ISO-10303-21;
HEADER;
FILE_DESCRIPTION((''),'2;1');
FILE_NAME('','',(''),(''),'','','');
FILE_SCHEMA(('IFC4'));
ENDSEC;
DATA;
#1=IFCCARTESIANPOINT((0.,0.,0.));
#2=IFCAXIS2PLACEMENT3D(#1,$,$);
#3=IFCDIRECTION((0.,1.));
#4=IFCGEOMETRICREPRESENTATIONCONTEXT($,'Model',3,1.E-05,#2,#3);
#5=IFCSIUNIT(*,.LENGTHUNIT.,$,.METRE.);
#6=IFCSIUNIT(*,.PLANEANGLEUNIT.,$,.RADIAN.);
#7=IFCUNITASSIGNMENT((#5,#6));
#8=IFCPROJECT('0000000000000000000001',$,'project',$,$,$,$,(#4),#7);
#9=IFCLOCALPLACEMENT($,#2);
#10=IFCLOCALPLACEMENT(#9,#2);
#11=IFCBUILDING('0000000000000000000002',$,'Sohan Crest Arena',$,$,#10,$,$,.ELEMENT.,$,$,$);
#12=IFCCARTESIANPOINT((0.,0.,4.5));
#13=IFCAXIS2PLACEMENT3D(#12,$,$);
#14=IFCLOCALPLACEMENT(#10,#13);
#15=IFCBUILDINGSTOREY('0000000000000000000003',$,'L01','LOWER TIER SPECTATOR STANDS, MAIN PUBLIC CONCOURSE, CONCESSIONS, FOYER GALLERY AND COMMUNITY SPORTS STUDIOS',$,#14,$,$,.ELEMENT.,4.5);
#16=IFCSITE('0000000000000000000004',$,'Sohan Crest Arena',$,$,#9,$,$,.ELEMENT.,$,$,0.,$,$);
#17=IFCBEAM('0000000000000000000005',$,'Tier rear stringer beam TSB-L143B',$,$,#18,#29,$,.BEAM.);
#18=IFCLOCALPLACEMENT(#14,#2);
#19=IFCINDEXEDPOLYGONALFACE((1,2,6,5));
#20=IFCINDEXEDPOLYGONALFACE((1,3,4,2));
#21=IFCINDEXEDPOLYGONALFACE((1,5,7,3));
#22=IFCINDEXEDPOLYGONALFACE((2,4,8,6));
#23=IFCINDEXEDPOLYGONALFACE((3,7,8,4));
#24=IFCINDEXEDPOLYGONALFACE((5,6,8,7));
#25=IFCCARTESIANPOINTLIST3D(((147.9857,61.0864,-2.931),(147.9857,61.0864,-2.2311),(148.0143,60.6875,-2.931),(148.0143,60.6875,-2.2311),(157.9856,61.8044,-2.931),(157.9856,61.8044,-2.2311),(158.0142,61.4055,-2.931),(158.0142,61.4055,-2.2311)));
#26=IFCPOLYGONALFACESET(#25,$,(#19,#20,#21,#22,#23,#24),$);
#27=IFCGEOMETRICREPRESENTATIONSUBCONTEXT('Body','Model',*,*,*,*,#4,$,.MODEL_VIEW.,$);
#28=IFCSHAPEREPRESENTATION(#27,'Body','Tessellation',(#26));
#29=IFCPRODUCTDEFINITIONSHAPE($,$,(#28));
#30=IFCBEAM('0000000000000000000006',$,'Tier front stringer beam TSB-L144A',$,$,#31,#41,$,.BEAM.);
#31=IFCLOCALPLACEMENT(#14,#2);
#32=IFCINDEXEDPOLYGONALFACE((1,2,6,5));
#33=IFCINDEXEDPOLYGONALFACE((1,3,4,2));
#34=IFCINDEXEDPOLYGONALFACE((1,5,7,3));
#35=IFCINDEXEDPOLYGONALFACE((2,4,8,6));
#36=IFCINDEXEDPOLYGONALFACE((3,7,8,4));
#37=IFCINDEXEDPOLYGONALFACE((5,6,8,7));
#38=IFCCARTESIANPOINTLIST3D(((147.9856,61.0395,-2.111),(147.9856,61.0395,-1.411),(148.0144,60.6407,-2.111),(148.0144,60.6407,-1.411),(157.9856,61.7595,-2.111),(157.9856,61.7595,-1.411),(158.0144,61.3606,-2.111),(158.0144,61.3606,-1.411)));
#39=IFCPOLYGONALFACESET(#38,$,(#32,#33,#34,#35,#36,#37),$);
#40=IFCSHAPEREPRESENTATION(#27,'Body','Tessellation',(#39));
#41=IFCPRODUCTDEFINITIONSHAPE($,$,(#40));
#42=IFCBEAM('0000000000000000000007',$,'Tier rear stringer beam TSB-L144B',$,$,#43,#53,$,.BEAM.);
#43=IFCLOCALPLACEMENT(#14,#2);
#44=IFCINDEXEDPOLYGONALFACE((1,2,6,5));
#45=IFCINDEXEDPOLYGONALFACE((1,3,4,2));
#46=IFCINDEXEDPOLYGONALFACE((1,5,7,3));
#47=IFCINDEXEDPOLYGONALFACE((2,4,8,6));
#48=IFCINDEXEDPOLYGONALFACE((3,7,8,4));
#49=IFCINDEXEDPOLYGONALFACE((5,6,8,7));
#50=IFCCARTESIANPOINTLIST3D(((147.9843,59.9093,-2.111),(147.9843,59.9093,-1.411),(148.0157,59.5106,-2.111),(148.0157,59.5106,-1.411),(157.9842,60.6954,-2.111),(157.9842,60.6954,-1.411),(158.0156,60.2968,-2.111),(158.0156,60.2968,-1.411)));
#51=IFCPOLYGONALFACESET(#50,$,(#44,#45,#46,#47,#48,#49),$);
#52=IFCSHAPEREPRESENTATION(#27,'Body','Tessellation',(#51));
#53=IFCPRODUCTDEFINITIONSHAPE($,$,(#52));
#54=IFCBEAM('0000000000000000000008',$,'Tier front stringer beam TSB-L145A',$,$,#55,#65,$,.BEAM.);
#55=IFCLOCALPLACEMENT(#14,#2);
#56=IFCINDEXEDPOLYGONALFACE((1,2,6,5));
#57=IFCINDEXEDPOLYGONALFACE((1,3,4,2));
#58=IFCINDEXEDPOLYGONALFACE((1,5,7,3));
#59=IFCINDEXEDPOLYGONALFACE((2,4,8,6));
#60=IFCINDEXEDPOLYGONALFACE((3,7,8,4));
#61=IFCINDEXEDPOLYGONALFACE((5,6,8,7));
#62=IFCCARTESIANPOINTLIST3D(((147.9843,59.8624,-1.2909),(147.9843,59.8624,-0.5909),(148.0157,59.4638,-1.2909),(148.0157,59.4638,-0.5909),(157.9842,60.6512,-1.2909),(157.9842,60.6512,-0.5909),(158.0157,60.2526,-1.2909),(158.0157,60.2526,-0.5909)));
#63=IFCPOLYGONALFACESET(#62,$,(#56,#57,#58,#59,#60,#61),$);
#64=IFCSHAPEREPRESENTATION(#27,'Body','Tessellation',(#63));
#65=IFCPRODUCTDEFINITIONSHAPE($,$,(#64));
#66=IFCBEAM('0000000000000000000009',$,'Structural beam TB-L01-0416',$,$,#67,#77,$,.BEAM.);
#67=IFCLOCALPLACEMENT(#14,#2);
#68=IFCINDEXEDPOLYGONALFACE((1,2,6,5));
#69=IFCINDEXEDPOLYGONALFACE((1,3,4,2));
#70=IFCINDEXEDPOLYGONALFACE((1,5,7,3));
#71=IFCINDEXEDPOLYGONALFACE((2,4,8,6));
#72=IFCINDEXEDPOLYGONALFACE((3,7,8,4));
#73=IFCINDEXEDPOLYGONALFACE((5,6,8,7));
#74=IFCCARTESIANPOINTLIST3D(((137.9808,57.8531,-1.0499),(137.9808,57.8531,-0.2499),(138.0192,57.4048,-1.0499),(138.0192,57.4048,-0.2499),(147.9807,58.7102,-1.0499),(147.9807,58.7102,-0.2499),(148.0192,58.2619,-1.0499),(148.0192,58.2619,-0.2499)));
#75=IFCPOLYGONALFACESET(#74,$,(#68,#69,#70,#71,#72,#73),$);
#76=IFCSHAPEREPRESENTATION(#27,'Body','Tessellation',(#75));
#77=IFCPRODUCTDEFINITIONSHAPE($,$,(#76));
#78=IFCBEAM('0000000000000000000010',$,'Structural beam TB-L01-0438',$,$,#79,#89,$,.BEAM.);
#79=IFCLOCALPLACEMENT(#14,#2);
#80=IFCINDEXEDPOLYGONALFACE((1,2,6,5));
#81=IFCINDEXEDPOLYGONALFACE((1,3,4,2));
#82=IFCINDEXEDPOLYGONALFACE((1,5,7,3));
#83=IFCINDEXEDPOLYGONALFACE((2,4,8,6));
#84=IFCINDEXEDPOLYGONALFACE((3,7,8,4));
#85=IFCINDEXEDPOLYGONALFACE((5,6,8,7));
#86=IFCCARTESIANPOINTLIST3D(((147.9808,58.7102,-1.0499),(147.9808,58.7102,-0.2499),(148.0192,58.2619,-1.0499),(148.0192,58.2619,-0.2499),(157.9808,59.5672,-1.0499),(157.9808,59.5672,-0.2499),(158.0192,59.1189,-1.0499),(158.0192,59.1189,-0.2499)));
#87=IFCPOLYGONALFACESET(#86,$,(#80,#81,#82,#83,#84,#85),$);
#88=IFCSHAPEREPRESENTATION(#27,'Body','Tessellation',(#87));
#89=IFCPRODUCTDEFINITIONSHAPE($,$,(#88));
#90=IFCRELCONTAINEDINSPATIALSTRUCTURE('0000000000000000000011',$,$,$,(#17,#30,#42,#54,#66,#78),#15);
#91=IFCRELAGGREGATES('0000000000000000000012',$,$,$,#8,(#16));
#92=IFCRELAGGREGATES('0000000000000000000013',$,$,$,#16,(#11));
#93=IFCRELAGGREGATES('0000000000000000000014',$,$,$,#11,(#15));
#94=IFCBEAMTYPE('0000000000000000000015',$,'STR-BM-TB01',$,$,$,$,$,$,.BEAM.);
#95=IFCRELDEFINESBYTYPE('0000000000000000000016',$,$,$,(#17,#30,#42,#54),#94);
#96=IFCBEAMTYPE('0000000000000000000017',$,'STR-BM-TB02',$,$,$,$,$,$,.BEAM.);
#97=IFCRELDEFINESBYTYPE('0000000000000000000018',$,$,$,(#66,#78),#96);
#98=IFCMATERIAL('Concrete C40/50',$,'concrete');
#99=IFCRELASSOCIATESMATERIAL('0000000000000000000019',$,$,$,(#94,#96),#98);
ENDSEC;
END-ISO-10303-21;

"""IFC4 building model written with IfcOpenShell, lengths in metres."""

from ifc_helpers import new_model, si_unit, direction, frame, origin, origin_2d, place, context, subcontext, project, spatial, rectangle, extrude, material, material_profile, profile_set, type_object, element, save


model = new_model("IFC4")

# Units and contexts
model_context = context("Model", 3, precision=1e-05, world=origin(), true_north=direction((0.0, 1.0)))
body_context = subcontext(model_context, "Body", "Model", "MODEL_VIEW")
ifc_project = project(units=[si_unit("LENGTHUNIT", "METRE"), si_unit("PLANEANGLEUNIT", "RADIAN")], contexts=[model_context])

# Site, building, storey
site_placement = place(None, origin())
site = spatial("IfcSite", under=ifc_project, at=site_placement, Name="Sohan Crest Arena", CompositionType="ELEMENT", RefElevation=0.0)
building_placement = place(site_placement, origin())
building = spatial("IfcBuilding", under=site, at=building_placement, Name="Sohan Crest Arena", CompositionType="ELEMENT")
storey_placement = place(building_placement, frame((0.0, 0.0, 4.5)))
storey = spatial("IfcBuildingStorey", under=building, at=storey_placement, Name="L01", Description="LOWER TIER SPECTATOR STANDS, MAIN PUBLIC CONCOURSE, CONCESSIONS, FOYER GALLERY AND COMMUNITY SPORTS STUDIOS", CompositionType="ELEMENT", Elevation=4.5)

# Shared definitions
ifc_material_1 = material(Name="Concrete C40/50", Category="concrete")

# Beams
ifc_material_profile_1 = material_profile(ifc_material_1, rectangle(XDim=0.3999, YDim=0.7, at=origin_2d()), Name="RC-BM 400x700")
ifc_profile_set_1 = profile_set([ifc_material_profile_1], Name="Concrete C40/50")
beam_type_1 = type_object("IfcBeamType", Name="STR-BM-TB01", PredefinedType="BEAM", material=ifc_profile_set_1)
beam_1_placement = place(storey_placement, frame((148.0, 60.887, -2.5811), z_axis=(0.997432, 0.071617, 0.0), x_axis=(-0.071617, 0.997432, 0.0)))
element("IfcBeam", 1, at=beam_1_placement, inside=storey, type_object=beam_type_1, Name="Tier rear stringer beam TSB-L143B", PredefinedType="BEAM", context=body_context, shape_type="SweptSolid", body=[
    extrude(rectangle(XDim=0.3999, YDim=0.7, at=origin_2d()), origin(), (0.0, 0.0, 1.0), 10.0256),
])
beam_2_placement = place(storey_placement, frame((148.0, 60.8401, -1.761), z_axis=(0.997418, 0.071811, 0.0), x_axis=(-0.071811, 0.997418, 0.0)))
element("IfcBeam", 2, at=beam_2_placement, inside=storey, type_object=beam_type_1, Name="Tier front stringer beam TSB-L144A", PredefinedType="BEAM", context=body_context, shape_type="SweptSolid", body=[
    extrude(rectangle(XDim=0.3999, YDim=0.7, at=origin_2d()), origin(), (0.0, 0.0, 1.0), 10.0259),
])
beam_3_placement = place(storey_placement, frame((148.0, 59.71, -1.761), z_axis=(0.996924, 0.078371, 0.0), x_axis=(-0.078371, 0.996924, 0.0)))
element("IfcBeam", 3, at=beam_3_placement, inside=storey, type_object=beam_type_1, Name="Tier rear stringer beam TSB-L144B", PredefinedType="BEAM", context=body_context, shape_type="SweptSolid", body=[
    extrude(rectangle(XDim=0.3999, YDim=0.7, at=origin_2d()), origin(), (0.0, 0.0, 1.0), 10.0308),
])
beam_4_placement = place(storey_placement, frame((148.0, 59.6631, -0.9409), z_axis=(0.996903, 0.078638, 0.0), x_axis=(-0.078638, 0.996903, 0.0)))
element("IfcBeam", 4, at=beam_4_placement, inside=storey, type_object=beam_type_1, Name="Tier front stringer beam TSB-L145A", PredefinedType="BEAM", context=body_context, shape_type="SweptSolid", body=[
    extrude(rectangle(XDim=0.3999, YDim=0.7, at=origin_2d()), origin(), (0.0, 0.0, 1.0), 10.031),
])
ifc_material_profile_2 = material_profile(ifc_material_1, rectangle(XDim=0.45, YDim=0.8, at=origin_2d()), Name="RC-BM 450x800")
ifc_profile_set_2 = profile_set([ifc_material_profile_2], Name="Concrete C40/50")
beam_type_2 = type_object("IfcBeamType", Name="STR-BM-TB02", PredefinedType="BEAM", material=ifc_profile_set_2)
for number, where, z_axis, x_axis, name in (
    (5, (138.0, 57.6289, -0.6499), (0.996346, 0.085405, 0.0), (-0.085405, 0.996346, 0.0), "Structural beam TB-L01-0416"),
    (6, (148.0, 58.4861, -0.6499), (0.996348, 0.08538, 0.0), (-0.08538, 0.996348, 0.0), "Structural beam TB-L01-0438"),
):
    element("IfcBeam", number, at=place(storey_placement, frame(where, z_axis=z_axis, x_axis=x_axis)), inside=storey, type_object=beam_type_2, Name=name, PredefinedType="BEAM", context=body_context, shape_type="SweptSolid", body=[
        extrude(rectangle(XDim=0.45, YDim=0.8, at=origin_2d()), origin(), (0.0, 0.0, 1.0), 10.0366),
    ])

save(model, "model.ifc")
